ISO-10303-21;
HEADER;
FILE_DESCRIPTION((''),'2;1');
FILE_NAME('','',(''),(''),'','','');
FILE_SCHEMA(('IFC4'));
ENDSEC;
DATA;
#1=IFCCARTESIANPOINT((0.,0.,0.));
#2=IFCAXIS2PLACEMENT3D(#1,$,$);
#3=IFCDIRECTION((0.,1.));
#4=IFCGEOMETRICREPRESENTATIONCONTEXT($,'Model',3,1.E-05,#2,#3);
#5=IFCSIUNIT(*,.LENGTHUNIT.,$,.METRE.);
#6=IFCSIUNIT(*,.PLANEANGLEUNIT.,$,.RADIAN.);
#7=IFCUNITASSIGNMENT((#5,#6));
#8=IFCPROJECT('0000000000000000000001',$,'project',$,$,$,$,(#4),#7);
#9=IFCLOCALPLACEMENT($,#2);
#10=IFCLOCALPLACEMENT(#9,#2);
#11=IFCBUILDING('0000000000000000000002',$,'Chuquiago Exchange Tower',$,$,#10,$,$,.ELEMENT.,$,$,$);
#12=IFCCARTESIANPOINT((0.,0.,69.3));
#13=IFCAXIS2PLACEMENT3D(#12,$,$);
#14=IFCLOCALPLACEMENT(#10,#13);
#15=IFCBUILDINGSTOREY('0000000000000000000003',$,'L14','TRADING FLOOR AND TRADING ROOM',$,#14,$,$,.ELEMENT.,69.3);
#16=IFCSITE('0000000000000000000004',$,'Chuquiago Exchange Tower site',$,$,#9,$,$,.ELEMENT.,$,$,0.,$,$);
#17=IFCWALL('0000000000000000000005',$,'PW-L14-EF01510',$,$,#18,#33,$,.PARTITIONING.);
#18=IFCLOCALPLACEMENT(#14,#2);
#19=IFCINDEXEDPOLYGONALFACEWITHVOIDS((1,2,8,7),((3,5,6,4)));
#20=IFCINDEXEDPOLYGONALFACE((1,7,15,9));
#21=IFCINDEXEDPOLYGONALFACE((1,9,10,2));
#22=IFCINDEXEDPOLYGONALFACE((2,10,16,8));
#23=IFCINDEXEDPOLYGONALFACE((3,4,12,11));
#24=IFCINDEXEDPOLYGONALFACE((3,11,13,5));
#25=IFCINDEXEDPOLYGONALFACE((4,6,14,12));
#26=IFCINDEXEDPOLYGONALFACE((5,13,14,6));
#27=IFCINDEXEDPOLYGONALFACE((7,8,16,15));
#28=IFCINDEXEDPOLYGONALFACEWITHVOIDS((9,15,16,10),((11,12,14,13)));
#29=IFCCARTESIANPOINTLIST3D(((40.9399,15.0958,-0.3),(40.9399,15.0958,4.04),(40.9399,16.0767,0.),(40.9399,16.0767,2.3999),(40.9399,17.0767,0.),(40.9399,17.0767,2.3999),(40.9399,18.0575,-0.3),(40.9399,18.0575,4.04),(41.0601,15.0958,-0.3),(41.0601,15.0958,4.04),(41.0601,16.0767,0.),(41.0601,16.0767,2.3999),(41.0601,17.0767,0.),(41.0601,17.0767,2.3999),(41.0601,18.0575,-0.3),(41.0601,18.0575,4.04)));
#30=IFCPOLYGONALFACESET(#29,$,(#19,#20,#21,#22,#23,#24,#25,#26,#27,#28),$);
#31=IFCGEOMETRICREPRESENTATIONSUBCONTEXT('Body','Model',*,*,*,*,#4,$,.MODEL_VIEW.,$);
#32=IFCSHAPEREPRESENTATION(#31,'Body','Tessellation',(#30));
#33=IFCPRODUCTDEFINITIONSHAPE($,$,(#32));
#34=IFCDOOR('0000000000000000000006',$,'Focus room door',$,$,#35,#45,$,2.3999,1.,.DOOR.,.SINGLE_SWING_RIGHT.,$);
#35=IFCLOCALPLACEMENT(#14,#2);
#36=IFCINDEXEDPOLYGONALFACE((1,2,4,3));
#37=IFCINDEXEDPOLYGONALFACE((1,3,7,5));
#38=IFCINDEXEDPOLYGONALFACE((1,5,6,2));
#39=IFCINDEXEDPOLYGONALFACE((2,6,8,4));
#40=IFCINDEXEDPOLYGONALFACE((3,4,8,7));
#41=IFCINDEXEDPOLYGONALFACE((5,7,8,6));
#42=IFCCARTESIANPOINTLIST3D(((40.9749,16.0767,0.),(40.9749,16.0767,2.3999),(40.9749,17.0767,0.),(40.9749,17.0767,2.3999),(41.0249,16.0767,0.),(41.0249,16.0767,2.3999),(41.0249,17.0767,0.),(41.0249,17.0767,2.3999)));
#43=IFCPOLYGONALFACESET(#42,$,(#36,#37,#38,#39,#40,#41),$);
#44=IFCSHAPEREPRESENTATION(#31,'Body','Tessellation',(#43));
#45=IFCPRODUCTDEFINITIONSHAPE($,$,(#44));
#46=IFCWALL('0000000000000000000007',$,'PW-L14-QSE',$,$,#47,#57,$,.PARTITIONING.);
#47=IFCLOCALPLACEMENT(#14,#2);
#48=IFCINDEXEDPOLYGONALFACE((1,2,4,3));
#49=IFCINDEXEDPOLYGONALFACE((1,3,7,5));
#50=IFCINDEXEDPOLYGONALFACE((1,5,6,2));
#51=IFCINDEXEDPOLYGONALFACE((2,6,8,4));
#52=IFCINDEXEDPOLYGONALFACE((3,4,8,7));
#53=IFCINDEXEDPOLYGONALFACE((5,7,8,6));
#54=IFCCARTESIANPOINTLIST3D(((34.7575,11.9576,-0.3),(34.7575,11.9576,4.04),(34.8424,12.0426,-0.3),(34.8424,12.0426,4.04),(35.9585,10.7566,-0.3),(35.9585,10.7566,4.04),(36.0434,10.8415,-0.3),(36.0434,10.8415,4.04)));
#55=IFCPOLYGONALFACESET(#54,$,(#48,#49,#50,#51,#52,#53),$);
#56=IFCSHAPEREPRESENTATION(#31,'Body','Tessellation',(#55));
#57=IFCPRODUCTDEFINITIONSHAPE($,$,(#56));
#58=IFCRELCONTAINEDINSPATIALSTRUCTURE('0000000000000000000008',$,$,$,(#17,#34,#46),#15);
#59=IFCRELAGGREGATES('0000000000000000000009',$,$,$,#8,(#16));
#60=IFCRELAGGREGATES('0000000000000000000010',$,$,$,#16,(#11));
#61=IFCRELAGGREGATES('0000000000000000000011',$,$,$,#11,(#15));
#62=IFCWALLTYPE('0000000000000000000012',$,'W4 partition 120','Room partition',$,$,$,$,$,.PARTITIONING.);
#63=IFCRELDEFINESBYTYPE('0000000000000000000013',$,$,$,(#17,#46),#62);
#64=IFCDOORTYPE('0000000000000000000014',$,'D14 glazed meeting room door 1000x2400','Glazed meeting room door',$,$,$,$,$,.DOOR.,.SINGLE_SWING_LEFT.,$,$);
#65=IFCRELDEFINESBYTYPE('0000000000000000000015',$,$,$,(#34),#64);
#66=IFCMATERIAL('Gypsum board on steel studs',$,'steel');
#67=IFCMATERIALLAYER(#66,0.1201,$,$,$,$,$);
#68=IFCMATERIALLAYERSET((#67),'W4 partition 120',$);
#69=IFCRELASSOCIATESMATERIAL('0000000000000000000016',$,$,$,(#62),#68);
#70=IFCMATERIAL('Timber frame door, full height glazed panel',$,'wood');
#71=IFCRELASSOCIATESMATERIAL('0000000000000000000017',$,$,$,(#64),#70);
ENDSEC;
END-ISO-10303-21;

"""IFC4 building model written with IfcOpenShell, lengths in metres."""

from ifc_helpers import new_model, si_unit, direction, frame, frame_2d, origin, place, context, subcontext, project, spatial, rectangle, extrude, material, layer, layer_set, type_object, element, fill, save


model = new_model("IFC4")

# Units and contexts
model_context = context("Model", 3, precision=1e-05, world=origin(), true_north=direction((0.0, 1.0)))
body_context = subcontext(model_context, "Body", "Model", "MODEL_VIEW")
ifc_project = project(units=[si_unit("LENGTHUNIT", "METRE"), si_unit("PLANEANGLEUNIT", "RADIAN")], contexts=[model_context])

# Site, building, storey
site_placement = place(None, origin())
site = spatial("IfcSite", under=ifc_project, at=site_placement, Name="Chuquiago Exchange Tower site", CompositionType="ELEMENT", RefElevation=0.0)
building_placement = place(site_placement, origin())
building = spatial("IfcBuilding", under=site, at=building_placement, Name="Chuquiago Exchange Tower", CompositionType="ELEMENT")
storey_placement = place(building_placement, frame((0.0, 0.0, 69.3)))
storey = spatial("IfcBuildingStorey", under=building, at=storey_placement, Name="L14", Description="TRADING FLOOR AND TRADING ROOM", CompositionType="ELEMENT", Elevation=69.3)

# Shared definitions
ifc_material_1 = material(Name="Gypsum board on steel studs", Category="steel")
ifc_layer_1 = layer(ifc_material_1, 0.1201)
ifc_layer_set_1 = layer_set([ifc_layer_1], Name="W4 partition 120")
wall_type_1 = type_object("IfcWallType", Name="W4 partition 120", Description="Room partition", PredefinedType="PARTITIONING", material=ifc_layer_set_1)

# Wall, opening, door
wall_1_placement = place(storey_placement, frame((41.0, 15.0957, -0.3), z_axis=(0.0, 0.0, 1.0), x_axis=(0.0, 1.0, 0.0)))
wall_1 = element("IfcWall", 1, at=wall_1_placement, inside=storey, type_object=wall_type_1, Name="PW-L14-EF01510", PredefinedType="PARTITIONING", context=body_context, shape_type="SweptSolid", body=[
    extrude(rectangle(XDim=2.9617, YDim=0.1201, at=frame_2d((1.481, 0.0))), origin(), (0.0, 0.0, 1.0), 4.3401),
])
opening_1_placement = place(wall_1_placement, frame((0.981, 0.0, 0.3)))
opening_1 = element("IfcOpeningElement", 2, at=opening_1_placement, cuts=wall_1, PredefinedType="OPENING", context=body_context, shape_type="SweptSolid", body=[
    extrude(rectangle(XDim=1.0, YDim=2.3999, at=frame_2d((0.5, 1.2))), frame((0.0, 0.0701, 0.0), z_axis=(0.0, -1.0, 0.0), x_axis=(1.0, 0.0, 0.0)), (0.0, 0.0, 1.0), 0.1401),
])
ifc_material_2 = material(Name="Timber frame door, full height glazed panel", Category="wood")
door_type_1 = type_object("IfcDoorType", Name="D14 glazed meeting room door 1000x2400", Description="Glazed meeting room door", OperationType="SINGLE_SWING_LEFT", PredefinedType="DOOR", material=ifc_material_2)
door_1_placement = place(opening_1_placement, frame((1.0, 0.0, 0.0), z_axis=(0.0, 0.0, 1.0), x_axis=(-1.0, 0.0, 0.0)))
door_1 = element("IfcDoor", 3, at=door_1_placement, inside=storey, type_object=door_type_1, Name="Focus room door", OperationType="SINGLE_SWING_RIGHT", OverallHeight=2.3999, OverallWidth=1.0, PredefinedType="DOOR", context=body_context, shape_type="SweptSolid", body=[
    extrude(rectangle(XDim=1.0, YDim=2.3999, at=frame_2d((0.5, 1.2))), frame((0.0, 0.0249, 0.0), z_axis=(0.0, -1.0, 0.0), x_axis=(1.0, 0.0, 0.0)), (0.0, 0.0, 1.0), 0.05),
])
fill(opening_1, door_1)

# Wall
wall_2_placement = place(storey_placement, frame((34.8, 12.0, -0.3), z_axis=(0.0, 0.0, 1.0), x_axis=(0.707107, -0.707107, 0.0)))
element("IfcWall", 4, at=wall_2_placement, inside=storey, type_object=wall_type_1, Name="PW-L14-QSE", PredefinedType="PARTITIONING", context=body_context, shape_type="SweptSolid", body=[
    extrude(rectangle(XDim=1.6985, YDim=0.1201, at=frame_2d((0.8491, 0.0))), origin(), (0.0, 0.0, 1.0), 4.3401),
])

save(model, "model.ifc")
